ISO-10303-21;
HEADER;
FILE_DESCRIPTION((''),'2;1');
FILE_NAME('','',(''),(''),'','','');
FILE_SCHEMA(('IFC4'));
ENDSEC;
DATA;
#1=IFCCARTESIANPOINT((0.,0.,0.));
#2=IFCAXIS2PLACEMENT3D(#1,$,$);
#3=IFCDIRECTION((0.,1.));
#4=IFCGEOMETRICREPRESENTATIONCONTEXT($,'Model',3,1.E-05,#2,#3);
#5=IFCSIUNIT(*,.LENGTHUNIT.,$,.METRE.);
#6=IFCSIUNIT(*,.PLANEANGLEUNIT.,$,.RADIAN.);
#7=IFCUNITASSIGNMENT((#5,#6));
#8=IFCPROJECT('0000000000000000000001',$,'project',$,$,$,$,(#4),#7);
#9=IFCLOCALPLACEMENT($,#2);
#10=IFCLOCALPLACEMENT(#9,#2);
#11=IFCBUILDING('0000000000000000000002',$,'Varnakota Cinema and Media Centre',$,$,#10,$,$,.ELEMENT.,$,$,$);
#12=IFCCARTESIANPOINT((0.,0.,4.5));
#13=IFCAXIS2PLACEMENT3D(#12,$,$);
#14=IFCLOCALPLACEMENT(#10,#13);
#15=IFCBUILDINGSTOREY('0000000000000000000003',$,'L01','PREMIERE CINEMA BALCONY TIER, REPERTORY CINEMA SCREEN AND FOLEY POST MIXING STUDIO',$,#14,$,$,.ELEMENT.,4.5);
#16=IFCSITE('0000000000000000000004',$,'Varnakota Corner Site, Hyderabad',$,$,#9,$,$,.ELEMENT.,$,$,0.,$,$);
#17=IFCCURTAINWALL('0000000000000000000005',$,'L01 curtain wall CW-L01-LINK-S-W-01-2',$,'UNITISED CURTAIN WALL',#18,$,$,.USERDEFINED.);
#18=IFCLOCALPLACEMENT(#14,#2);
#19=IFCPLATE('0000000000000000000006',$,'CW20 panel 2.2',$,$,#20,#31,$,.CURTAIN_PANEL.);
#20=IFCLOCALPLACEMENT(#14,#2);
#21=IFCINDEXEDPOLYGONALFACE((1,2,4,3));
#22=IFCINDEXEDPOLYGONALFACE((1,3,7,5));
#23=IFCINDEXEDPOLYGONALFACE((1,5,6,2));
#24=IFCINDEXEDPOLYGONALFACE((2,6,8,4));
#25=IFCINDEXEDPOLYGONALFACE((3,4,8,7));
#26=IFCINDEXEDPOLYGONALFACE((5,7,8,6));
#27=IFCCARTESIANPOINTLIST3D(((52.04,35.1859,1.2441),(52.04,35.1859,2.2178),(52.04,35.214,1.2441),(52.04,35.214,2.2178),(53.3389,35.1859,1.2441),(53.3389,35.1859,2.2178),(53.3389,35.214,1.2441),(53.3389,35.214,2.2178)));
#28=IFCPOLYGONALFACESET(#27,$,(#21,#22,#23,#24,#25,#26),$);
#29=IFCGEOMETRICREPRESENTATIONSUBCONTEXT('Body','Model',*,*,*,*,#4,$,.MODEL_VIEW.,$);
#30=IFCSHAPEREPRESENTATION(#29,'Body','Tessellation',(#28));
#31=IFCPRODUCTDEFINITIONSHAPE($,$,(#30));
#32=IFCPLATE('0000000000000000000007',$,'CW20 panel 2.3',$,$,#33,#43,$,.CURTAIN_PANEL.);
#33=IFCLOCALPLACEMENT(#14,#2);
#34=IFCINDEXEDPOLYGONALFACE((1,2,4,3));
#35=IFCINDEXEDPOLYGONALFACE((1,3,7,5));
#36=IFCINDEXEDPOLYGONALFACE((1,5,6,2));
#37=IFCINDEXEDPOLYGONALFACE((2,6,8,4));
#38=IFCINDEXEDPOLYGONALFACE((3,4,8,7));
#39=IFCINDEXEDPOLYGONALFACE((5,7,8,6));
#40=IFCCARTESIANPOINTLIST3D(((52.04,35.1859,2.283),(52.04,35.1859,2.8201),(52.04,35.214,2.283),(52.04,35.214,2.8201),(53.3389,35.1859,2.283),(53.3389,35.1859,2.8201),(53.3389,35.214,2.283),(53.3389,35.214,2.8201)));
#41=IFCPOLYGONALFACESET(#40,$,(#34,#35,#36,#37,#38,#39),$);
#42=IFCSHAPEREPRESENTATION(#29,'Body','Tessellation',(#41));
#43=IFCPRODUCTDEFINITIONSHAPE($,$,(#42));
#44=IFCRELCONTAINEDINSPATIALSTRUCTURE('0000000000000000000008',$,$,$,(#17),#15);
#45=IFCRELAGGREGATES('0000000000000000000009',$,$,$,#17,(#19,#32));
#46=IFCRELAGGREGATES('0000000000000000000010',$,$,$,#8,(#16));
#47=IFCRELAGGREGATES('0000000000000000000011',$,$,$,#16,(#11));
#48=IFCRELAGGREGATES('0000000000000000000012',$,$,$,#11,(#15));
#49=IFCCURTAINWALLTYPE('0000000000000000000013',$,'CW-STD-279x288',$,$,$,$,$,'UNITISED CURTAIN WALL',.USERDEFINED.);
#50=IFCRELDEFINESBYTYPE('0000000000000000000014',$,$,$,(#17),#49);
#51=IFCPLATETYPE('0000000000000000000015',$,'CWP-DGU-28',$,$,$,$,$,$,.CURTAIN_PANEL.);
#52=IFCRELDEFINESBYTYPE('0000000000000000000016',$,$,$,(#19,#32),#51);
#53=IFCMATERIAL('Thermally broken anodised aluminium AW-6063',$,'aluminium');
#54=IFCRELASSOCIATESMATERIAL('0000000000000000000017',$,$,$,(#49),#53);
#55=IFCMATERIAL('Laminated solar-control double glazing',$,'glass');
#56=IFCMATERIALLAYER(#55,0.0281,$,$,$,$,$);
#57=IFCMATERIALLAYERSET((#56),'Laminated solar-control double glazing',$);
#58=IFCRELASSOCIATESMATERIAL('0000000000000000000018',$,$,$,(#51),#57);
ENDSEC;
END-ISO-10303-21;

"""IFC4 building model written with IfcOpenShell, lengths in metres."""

from ifc_helpers import new_model, si_unit, direction, frame, origin, origin_2d, place, context, subcontext, project, spatial, rectangle, extrude, material, layer, layer_set, type_object, element, aggregate, save


model = new_model("IFC4")

# Units and contexts
model_context = context("Model", 3, precision=1e-05, world=origin(), true_north=direction((0.0, 1.0)))
body_context = subcontext(model_context, "Body", "Model", "MODEL_VIEW")
ifc_project = project(units=[si_unit("LENGTHUNIT", "METRE"), si_unit("PLANEANGLEUNIT", "RADIAN")], contexts=[model_context])

# Site, building, storey
site_placement = place(None, origin())
site = spatial("IfcSite", under=ifc_project, at=site_placement, Name="Varnakota Corner Site, Hyderabad", CompositionType="ELEMENT", RefElevation=0.0)
building_placement = place(site_placement, origin())
building = spatial("IfcBuilding", under=site, at=building_placement, Name="Varnakota Cinema and Media Centre", CompositionType="ELEMENT")
storey_placement = place(building_placement, frame((0.0, 0.0, 4.5)))
storey = spatial("IfcBuildingStorey", under=building, at=storey_placement, Name="L01", Description="PREMIERE CINEMA BALCONY TIER, REPERTORY CINEMA SCREEN AND FOLEY POST MIXING STUDIO", CompositionType="ELEMENT", Elevation=4.5)

# Curtain wall
ifc_material_1 = material(Name="Thermally broken anodised aluminium AW-6063", Category="aluminium")
curtain_wall_type_1 = type_object("IfcCurtainWallType", Name="CW-STD-279x288", ElementType="UNITISED CURTAIN WALL", PredefinedType="USERDEFINED", material=ifc_material_1)
curtain_wall_1_placement = place(storey_placement, origin())
curtain_wall_1 = element("IfcCurtainWall", 1, at=curtain_wall_1_placement, inside=storey, type_object=curtain_wall_type_1, Name="L01 curtain wall CW-L01-LINK-S-W-01-2", ObjectType="UNITISED CURTAIN WALL", PredefinedType="USERDEFINED")

# Plates
ifc_material_2 = material(Name="Laminated solar-control double glazing", Category="glass")
ifc_layer = layer(ifc_material_2, 0.0281)
ifc_layer_set = layer_set([ifc_layer], Name="Laminated solar-control double glazing")
plate_type = type_object("IfcPlateType", Name="CWP-DGU-28", PredefinedType="CURTAIN_PANEL", material=ifc_layer_set)
plate_1_placement = place(storey_placement, frame((52.6895, 35.2, 1.2441), z_axis=(0.0, 0.0, 1.0), x_axis=(-1.0, 0.0, 0.0)))
plate_1 = element("IfcPlate", 2, at=plate_1_placement, type_object=plate_type, Name="CW20 panel 2.2", PredefinedType="CURTAIN_PANEL", context=body_context, shape_type="SweptSolid", body=[
    extrude(rectangle(XDim=1.2988, YDim=0.0281, at=origin_2d()), origin(), (0.0, 0.0, 1.0), 0.9736),
])
plate_2_placement = place(storey_placement, frame((52.6895, 35.2, 2.283), z_axis=(0.0, 0.0, 1.0), x_axis=(-1.0, 0.0, 0.0)))
plate_2 = element("IfcPlate", 3, at=plate_2_placement, type_object=plate_type, Name="CW20 panel 2.3", PredefinedType="CURTAIN_PANEL", context=body_context, shape_type="SweptSolid", body=[
    extrude(rectangle(XDim=1.2988, YDim=0.0281, at=origin_2d()), origin(), (0.0, 0.0, 1.0), 0.5371),
])
aggregate(curtain_wall_1, [plate_1, plate_2])

save(model, "model.ifc")
